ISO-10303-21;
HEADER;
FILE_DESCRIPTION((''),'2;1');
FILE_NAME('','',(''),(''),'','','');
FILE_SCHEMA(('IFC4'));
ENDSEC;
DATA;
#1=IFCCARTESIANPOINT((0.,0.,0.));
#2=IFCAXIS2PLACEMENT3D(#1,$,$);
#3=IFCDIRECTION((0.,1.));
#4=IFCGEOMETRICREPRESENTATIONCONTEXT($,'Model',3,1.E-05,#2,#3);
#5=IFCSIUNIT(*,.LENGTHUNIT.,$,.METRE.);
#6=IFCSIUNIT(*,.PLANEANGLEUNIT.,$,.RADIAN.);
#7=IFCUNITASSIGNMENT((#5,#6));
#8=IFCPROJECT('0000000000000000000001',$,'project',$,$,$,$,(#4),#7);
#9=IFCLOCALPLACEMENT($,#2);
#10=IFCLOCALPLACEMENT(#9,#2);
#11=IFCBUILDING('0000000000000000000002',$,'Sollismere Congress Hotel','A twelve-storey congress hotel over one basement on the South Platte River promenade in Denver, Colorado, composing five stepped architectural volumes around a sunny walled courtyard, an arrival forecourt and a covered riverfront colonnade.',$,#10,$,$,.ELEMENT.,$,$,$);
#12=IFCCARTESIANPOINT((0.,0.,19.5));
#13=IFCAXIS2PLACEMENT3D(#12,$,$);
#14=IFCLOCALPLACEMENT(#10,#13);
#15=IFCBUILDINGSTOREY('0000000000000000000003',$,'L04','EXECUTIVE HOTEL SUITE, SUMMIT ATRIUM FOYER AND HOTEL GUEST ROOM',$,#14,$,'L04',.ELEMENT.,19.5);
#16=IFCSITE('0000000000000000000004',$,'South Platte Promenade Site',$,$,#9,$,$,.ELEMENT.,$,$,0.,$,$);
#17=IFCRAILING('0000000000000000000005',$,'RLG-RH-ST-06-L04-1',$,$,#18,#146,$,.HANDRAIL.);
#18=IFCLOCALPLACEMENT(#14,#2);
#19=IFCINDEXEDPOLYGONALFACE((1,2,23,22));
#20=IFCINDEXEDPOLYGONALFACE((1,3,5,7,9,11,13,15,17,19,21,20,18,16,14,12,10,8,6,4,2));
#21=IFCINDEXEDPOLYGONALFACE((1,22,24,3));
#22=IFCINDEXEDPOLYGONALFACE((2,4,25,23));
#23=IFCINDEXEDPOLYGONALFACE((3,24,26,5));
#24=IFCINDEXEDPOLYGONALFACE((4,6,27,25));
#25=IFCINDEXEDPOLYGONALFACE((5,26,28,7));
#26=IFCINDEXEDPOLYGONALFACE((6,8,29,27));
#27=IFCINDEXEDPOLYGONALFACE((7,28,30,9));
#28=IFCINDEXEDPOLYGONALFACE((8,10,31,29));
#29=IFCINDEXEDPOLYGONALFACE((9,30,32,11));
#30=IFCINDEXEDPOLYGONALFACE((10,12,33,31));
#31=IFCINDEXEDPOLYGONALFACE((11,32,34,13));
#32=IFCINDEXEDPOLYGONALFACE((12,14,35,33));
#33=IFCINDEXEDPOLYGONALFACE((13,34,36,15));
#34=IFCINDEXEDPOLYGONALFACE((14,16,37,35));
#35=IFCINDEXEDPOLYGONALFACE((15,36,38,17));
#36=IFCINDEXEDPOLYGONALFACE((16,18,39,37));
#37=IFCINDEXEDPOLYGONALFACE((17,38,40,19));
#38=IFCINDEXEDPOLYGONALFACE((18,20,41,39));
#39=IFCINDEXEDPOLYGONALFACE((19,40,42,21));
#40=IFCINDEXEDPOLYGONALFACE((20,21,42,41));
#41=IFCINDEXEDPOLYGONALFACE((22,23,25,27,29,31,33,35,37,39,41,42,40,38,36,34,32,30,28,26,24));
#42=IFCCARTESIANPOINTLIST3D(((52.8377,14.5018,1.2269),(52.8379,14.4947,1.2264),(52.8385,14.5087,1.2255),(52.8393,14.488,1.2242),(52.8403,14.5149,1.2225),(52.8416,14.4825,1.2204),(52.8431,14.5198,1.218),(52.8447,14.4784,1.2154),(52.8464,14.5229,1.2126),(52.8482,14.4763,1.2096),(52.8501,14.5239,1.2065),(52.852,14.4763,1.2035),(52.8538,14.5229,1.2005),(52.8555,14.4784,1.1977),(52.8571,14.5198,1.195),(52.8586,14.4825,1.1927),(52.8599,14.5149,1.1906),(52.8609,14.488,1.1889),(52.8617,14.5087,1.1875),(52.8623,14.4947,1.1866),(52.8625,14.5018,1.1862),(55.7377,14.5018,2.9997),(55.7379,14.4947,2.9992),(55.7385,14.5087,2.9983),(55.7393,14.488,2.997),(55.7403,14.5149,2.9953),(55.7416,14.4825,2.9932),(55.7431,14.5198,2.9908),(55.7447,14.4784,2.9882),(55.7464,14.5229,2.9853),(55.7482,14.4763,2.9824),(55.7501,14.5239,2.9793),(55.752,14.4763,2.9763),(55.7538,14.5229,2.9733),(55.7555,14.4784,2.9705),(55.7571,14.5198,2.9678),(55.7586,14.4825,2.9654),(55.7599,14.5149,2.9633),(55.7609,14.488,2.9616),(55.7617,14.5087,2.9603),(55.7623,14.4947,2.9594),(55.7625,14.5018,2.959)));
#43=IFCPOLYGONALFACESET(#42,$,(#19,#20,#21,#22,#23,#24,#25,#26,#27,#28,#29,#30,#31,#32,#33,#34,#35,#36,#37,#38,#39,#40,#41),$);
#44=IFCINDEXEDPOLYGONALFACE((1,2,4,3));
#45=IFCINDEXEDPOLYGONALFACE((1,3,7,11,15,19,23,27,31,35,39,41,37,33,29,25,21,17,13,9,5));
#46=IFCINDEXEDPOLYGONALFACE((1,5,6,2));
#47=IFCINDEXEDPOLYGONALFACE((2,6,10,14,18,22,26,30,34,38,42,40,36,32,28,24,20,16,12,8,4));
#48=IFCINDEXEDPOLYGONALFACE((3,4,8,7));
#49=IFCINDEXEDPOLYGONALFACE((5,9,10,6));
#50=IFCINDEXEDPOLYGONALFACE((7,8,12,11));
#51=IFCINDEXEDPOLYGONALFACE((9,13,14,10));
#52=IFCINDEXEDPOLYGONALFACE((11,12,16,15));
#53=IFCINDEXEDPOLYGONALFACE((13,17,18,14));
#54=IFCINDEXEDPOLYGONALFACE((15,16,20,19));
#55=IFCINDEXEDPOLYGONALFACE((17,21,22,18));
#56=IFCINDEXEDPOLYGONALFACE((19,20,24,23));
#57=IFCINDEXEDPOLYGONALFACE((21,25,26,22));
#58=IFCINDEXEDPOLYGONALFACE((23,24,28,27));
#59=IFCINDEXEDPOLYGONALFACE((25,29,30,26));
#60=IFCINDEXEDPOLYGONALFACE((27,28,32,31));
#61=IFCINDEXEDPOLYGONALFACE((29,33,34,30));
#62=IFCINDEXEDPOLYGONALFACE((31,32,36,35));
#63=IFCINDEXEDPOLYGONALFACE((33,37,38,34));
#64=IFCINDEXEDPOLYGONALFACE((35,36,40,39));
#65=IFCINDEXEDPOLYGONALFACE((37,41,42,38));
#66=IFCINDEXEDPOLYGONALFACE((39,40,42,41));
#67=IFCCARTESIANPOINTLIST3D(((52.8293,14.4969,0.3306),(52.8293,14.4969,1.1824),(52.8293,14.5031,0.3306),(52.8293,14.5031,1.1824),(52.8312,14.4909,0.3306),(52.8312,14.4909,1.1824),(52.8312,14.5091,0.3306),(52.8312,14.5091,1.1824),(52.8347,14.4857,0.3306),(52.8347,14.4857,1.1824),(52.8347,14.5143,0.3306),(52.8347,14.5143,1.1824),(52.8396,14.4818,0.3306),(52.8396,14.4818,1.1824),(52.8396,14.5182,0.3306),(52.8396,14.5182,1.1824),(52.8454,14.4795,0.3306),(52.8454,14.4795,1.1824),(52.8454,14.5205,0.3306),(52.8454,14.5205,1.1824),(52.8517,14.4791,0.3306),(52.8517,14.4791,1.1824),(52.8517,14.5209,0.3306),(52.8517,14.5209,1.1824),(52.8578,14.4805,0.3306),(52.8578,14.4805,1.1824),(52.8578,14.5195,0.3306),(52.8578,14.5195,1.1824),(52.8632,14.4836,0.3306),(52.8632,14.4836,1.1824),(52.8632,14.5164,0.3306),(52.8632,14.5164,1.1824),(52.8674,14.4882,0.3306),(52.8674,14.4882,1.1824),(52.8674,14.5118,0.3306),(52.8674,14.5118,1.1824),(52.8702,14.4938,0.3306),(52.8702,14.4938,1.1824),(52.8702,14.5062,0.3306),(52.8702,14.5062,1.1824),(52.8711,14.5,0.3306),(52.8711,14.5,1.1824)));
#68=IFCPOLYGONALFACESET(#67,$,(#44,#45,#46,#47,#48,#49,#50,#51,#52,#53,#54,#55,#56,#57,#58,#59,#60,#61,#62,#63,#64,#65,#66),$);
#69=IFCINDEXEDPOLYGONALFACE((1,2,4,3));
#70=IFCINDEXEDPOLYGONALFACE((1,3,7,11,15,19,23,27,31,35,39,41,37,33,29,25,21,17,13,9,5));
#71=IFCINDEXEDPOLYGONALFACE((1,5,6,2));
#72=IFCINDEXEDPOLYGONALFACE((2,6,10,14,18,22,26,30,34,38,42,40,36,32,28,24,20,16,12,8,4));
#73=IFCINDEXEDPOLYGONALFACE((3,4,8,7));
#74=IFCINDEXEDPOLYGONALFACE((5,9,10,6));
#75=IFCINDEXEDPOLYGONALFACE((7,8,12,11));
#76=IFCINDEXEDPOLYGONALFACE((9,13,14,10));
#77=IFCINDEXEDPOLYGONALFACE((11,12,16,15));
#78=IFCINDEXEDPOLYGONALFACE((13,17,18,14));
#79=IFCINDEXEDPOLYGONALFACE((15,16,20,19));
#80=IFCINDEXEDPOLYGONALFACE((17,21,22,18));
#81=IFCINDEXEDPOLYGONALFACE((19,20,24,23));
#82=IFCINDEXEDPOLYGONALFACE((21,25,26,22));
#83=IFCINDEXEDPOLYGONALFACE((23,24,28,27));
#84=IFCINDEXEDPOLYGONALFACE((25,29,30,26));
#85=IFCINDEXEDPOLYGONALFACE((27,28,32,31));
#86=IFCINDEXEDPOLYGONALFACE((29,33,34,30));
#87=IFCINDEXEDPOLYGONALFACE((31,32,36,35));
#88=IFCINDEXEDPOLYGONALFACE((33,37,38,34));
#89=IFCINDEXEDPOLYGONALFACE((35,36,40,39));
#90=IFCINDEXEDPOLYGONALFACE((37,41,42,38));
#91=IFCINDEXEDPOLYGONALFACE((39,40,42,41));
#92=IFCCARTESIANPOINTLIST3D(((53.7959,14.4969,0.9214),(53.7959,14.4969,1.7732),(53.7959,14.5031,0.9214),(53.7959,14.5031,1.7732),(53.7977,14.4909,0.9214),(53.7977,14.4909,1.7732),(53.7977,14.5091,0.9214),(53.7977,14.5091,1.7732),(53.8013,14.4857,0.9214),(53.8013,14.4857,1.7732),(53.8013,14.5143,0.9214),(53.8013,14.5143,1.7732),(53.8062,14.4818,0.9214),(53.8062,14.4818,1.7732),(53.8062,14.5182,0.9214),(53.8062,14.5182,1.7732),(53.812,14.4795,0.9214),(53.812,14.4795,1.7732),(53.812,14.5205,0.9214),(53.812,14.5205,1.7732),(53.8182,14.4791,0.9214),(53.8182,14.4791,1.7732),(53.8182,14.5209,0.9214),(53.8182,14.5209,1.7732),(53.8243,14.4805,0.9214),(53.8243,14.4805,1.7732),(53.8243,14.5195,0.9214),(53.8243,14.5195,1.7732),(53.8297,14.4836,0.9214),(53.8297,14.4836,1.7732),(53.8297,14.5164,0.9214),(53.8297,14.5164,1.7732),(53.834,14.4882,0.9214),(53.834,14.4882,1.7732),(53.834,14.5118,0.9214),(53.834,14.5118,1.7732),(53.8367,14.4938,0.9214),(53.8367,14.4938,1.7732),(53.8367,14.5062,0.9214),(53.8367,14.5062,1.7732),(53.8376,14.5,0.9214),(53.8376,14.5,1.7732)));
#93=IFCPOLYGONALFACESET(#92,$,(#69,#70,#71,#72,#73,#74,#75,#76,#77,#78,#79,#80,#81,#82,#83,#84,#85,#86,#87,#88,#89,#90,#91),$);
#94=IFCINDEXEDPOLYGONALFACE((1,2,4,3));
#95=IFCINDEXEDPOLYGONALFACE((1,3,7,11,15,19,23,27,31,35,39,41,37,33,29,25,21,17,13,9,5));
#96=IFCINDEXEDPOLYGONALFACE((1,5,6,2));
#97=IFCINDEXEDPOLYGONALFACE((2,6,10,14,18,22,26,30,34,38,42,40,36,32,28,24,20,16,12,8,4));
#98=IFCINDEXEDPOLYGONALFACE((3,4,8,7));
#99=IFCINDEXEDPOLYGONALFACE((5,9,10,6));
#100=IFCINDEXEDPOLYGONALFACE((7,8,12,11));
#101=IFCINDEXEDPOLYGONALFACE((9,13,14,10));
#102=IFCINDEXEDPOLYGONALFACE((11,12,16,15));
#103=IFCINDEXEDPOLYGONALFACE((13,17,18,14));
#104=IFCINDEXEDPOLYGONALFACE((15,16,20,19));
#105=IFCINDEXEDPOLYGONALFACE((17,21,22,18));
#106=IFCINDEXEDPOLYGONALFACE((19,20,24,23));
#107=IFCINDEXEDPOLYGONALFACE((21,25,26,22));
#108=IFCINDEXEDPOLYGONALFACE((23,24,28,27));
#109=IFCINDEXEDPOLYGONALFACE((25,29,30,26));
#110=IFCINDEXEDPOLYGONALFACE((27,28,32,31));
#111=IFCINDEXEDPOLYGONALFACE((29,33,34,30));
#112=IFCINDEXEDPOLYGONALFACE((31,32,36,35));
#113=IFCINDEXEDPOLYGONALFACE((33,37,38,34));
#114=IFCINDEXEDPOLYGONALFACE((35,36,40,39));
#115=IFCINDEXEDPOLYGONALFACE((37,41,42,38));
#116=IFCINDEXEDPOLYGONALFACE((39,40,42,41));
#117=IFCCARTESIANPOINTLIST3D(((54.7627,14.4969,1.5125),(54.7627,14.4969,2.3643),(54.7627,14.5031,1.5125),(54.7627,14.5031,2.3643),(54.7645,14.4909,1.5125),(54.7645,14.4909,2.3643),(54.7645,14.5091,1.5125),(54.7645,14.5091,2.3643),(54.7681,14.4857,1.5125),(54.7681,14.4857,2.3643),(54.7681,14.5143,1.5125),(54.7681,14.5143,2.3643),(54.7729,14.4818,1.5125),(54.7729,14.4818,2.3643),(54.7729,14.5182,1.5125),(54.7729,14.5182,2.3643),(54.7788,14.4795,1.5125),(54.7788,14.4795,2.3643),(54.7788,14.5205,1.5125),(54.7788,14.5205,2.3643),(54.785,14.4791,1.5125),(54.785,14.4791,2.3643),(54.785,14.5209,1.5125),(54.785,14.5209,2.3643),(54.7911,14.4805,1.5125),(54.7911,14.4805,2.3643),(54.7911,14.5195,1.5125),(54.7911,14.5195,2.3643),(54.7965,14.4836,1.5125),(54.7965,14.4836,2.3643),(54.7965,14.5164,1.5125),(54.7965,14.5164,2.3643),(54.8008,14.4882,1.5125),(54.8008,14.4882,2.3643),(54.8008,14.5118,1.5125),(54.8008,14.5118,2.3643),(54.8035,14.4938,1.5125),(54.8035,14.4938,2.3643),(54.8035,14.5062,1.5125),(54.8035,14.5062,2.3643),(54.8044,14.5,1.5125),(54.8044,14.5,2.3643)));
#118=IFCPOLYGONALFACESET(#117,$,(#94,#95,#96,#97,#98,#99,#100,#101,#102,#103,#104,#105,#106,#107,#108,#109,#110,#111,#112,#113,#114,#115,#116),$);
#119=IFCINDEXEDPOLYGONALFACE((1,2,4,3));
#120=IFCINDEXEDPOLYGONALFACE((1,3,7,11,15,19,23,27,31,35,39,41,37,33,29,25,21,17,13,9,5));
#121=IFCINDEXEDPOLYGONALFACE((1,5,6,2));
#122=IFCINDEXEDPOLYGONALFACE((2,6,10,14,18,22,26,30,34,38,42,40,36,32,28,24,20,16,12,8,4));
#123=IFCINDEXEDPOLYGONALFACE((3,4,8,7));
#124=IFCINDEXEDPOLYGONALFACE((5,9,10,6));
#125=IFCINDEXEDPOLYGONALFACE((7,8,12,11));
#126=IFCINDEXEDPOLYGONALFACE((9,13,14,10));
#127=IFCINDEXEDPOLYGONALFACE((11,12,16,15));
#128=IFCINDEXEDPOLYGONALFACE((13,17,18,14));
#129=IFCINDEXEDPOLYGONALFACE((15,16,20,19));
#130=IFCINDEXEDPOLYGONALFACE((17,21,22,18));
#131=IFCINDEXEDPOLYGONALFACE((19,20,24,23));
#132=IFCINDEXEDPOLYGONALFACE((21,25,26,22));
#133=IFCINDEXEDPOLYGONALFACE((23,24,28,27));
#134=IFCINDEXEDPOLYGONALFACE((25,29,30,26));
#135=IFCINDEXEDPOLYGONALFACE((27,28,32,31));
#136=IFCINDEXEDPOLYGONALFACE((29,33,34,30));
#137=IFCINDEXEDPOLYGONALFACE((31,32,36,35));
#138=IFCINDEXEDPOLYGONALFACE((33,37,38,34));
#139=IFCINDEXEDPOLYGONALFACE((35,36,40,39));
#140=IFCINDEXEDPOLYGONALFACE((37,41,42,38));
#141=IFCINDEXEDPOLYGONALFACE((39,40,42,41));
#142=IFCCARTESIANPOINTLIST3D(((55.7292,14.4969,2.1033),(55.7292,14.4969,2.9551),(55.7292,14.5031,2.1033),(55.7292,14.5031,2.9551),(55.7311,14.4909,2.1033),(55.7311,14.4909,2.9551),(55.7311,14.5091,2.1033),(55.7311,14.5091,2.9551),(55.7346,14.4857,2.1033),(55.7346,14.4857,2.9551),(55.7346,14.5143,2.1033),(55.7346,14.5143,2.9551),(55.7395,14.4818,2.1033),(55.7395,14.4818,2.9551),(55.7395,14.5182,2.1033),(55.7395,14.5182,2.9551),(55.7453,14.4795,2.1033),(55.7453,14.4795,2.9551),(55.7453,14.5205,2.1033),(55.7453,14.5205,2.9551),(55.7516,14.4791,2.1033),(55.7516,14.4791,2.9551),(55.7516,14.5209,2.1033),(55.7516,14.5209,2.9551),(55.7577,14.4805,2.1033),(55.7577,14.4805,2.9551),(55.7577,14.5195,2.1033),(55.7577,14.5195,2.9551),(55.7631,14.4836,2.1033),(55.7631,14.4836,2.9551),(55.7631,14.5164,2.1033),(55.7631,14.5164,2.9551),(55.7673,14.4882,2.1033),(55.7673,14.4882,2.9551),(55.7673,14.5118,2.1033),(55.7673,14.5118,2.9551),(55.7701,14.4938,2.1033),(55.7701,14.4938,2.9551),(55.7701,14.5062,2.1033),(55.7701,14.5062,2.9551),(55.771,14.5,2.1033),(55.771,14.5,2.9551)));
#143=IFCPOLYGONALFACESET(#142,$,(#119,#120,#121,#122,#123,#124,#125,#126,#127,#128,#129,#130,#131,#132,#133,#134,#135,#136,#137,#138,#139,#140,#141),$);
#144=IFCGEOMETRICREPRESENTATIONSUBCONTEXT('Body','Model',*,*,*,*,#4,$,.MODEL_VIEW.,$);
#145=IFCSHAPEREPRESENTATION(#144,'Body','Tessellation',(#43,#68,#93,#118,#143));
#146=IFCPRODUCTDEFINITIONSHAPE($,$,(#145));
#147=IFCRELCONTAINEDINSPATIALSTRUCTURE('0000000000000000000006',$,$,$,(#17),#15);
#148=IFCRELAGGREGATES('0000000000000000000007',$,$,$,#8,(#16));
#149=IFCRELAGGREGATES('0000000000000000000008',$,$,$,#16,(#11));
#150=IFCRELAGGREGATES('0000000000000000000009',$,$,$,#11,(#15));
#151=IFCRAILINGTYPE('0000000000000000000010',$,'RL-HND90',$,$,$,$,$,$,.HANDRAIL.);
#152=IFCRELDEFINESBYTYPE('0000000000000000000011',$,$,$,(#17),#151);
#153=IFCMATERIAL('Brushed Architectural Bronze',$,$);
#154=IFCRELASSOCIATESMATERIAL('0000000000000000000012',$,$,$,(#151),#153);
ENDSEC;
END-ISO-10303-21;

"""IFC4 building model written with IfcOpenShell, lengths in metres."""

from ifc_helpers import new_model, si_unit, direction, frame, origin, origin_2d, place, context, subcontext, project, spatial, circle, extrude, material, type_object, element, save


model = new_model("IFC4")

# Units and contexts
model_context = context("Model", 3, precision=1e-05, world=origin(), true_north=direction((0.0, 1.0)))
body_context = subcontext(model_context, "Body", "Model", "MODEL_VIEW")
ifc_project = project(units=[si_unit("LENGTHUNIT", "METRE"), si_unit("PLANEANGLEUNIT", "RADIAN")], contexts=[model_context])

# Site, building, storey
site_placement = place(None, origin())
site = spatial("IfcSite", under=ifc_project, at=site_placement, Name="South Platte Promenade Site", CompositionType="ELEMENT", RefElevation=0.0)
building_placement = place(site_placement, origin())
building = spatial("IfcBuilding", under=site, at=building_placement, Name="Sollismere Congress Hotel", Description="A twelve-storey congress hotel over one basement on the South Platte River promenade in Denver, Colorado, composing five stepped architectural volumes around a sunny walled courtyard, an arrival forecourt and a covered riverfront colonnade.", CompositionType="ELEMENT")
storey_placement = place(building_placement, frame((0.0, 0.0, 19.5)))
storey = spatial("IfcBuildingStorey", under=building, at=storey_placement, Name="L04", Description="EXECUTIVE HOTEL SUITE, SUMMIT ATRIUM FOYER AND HOTEL GUEST ROOM", LongName="L04", CompositionType="ELEMENT", Elevation=19.5)

# Railing
ifc_material_1 = material(Name="Brushed Architectural Bronze")
railing_type_1 = type_object("IfcRailingType", Name="RL-HND90", PredefinedType="HANDRAIL", material=ifc_material_1)
railing_1_placement = place(storey_placement, frame((52.8501, 14.5, 0.3306)))
element("IfcRailing", 1, at=railing_1_placement, inside=storey, type_object=railing_type_1, Name="RLG-RH-ST-06-L04-1", PredefinedType="HANDRAIL", context=body_context, shape_type="SweptSolid", body=[
    extrude(circle(Radius=0.0239, at=origin_2d()), frame((0.0, 0.0, 0.876), z_axis=(0.853211, 0.0, 0.521566), x_axis=(0.0, 1.0, 0.0)), (0.0, 0.0, 1.0), 3.3989),
    extrude(circle(Radius=0.021, at=origin_2d()), origin(), (0.0, 0.0, 1.0), 0.8518),
    extrude(circle(Radius=0.021, at=origin_2d()), frame((0.9666, 0.0, 0.5908)), (0.0, 0.0, 1.0), 0.8518),
    extrude(circle(Radius=0.021, at=origin_2d()), frame((1.9333, 0.0, 1.1819)), (0.0, 0.0, 1.0), 0.8518),
    extrude(circle(Radius=0.021, at=origin_2d()), frame((2.8999, 0.0, 1.7727)), (0.0, 0.0, 1.0), 0.8518),
])

save(model, "model.ifc")
